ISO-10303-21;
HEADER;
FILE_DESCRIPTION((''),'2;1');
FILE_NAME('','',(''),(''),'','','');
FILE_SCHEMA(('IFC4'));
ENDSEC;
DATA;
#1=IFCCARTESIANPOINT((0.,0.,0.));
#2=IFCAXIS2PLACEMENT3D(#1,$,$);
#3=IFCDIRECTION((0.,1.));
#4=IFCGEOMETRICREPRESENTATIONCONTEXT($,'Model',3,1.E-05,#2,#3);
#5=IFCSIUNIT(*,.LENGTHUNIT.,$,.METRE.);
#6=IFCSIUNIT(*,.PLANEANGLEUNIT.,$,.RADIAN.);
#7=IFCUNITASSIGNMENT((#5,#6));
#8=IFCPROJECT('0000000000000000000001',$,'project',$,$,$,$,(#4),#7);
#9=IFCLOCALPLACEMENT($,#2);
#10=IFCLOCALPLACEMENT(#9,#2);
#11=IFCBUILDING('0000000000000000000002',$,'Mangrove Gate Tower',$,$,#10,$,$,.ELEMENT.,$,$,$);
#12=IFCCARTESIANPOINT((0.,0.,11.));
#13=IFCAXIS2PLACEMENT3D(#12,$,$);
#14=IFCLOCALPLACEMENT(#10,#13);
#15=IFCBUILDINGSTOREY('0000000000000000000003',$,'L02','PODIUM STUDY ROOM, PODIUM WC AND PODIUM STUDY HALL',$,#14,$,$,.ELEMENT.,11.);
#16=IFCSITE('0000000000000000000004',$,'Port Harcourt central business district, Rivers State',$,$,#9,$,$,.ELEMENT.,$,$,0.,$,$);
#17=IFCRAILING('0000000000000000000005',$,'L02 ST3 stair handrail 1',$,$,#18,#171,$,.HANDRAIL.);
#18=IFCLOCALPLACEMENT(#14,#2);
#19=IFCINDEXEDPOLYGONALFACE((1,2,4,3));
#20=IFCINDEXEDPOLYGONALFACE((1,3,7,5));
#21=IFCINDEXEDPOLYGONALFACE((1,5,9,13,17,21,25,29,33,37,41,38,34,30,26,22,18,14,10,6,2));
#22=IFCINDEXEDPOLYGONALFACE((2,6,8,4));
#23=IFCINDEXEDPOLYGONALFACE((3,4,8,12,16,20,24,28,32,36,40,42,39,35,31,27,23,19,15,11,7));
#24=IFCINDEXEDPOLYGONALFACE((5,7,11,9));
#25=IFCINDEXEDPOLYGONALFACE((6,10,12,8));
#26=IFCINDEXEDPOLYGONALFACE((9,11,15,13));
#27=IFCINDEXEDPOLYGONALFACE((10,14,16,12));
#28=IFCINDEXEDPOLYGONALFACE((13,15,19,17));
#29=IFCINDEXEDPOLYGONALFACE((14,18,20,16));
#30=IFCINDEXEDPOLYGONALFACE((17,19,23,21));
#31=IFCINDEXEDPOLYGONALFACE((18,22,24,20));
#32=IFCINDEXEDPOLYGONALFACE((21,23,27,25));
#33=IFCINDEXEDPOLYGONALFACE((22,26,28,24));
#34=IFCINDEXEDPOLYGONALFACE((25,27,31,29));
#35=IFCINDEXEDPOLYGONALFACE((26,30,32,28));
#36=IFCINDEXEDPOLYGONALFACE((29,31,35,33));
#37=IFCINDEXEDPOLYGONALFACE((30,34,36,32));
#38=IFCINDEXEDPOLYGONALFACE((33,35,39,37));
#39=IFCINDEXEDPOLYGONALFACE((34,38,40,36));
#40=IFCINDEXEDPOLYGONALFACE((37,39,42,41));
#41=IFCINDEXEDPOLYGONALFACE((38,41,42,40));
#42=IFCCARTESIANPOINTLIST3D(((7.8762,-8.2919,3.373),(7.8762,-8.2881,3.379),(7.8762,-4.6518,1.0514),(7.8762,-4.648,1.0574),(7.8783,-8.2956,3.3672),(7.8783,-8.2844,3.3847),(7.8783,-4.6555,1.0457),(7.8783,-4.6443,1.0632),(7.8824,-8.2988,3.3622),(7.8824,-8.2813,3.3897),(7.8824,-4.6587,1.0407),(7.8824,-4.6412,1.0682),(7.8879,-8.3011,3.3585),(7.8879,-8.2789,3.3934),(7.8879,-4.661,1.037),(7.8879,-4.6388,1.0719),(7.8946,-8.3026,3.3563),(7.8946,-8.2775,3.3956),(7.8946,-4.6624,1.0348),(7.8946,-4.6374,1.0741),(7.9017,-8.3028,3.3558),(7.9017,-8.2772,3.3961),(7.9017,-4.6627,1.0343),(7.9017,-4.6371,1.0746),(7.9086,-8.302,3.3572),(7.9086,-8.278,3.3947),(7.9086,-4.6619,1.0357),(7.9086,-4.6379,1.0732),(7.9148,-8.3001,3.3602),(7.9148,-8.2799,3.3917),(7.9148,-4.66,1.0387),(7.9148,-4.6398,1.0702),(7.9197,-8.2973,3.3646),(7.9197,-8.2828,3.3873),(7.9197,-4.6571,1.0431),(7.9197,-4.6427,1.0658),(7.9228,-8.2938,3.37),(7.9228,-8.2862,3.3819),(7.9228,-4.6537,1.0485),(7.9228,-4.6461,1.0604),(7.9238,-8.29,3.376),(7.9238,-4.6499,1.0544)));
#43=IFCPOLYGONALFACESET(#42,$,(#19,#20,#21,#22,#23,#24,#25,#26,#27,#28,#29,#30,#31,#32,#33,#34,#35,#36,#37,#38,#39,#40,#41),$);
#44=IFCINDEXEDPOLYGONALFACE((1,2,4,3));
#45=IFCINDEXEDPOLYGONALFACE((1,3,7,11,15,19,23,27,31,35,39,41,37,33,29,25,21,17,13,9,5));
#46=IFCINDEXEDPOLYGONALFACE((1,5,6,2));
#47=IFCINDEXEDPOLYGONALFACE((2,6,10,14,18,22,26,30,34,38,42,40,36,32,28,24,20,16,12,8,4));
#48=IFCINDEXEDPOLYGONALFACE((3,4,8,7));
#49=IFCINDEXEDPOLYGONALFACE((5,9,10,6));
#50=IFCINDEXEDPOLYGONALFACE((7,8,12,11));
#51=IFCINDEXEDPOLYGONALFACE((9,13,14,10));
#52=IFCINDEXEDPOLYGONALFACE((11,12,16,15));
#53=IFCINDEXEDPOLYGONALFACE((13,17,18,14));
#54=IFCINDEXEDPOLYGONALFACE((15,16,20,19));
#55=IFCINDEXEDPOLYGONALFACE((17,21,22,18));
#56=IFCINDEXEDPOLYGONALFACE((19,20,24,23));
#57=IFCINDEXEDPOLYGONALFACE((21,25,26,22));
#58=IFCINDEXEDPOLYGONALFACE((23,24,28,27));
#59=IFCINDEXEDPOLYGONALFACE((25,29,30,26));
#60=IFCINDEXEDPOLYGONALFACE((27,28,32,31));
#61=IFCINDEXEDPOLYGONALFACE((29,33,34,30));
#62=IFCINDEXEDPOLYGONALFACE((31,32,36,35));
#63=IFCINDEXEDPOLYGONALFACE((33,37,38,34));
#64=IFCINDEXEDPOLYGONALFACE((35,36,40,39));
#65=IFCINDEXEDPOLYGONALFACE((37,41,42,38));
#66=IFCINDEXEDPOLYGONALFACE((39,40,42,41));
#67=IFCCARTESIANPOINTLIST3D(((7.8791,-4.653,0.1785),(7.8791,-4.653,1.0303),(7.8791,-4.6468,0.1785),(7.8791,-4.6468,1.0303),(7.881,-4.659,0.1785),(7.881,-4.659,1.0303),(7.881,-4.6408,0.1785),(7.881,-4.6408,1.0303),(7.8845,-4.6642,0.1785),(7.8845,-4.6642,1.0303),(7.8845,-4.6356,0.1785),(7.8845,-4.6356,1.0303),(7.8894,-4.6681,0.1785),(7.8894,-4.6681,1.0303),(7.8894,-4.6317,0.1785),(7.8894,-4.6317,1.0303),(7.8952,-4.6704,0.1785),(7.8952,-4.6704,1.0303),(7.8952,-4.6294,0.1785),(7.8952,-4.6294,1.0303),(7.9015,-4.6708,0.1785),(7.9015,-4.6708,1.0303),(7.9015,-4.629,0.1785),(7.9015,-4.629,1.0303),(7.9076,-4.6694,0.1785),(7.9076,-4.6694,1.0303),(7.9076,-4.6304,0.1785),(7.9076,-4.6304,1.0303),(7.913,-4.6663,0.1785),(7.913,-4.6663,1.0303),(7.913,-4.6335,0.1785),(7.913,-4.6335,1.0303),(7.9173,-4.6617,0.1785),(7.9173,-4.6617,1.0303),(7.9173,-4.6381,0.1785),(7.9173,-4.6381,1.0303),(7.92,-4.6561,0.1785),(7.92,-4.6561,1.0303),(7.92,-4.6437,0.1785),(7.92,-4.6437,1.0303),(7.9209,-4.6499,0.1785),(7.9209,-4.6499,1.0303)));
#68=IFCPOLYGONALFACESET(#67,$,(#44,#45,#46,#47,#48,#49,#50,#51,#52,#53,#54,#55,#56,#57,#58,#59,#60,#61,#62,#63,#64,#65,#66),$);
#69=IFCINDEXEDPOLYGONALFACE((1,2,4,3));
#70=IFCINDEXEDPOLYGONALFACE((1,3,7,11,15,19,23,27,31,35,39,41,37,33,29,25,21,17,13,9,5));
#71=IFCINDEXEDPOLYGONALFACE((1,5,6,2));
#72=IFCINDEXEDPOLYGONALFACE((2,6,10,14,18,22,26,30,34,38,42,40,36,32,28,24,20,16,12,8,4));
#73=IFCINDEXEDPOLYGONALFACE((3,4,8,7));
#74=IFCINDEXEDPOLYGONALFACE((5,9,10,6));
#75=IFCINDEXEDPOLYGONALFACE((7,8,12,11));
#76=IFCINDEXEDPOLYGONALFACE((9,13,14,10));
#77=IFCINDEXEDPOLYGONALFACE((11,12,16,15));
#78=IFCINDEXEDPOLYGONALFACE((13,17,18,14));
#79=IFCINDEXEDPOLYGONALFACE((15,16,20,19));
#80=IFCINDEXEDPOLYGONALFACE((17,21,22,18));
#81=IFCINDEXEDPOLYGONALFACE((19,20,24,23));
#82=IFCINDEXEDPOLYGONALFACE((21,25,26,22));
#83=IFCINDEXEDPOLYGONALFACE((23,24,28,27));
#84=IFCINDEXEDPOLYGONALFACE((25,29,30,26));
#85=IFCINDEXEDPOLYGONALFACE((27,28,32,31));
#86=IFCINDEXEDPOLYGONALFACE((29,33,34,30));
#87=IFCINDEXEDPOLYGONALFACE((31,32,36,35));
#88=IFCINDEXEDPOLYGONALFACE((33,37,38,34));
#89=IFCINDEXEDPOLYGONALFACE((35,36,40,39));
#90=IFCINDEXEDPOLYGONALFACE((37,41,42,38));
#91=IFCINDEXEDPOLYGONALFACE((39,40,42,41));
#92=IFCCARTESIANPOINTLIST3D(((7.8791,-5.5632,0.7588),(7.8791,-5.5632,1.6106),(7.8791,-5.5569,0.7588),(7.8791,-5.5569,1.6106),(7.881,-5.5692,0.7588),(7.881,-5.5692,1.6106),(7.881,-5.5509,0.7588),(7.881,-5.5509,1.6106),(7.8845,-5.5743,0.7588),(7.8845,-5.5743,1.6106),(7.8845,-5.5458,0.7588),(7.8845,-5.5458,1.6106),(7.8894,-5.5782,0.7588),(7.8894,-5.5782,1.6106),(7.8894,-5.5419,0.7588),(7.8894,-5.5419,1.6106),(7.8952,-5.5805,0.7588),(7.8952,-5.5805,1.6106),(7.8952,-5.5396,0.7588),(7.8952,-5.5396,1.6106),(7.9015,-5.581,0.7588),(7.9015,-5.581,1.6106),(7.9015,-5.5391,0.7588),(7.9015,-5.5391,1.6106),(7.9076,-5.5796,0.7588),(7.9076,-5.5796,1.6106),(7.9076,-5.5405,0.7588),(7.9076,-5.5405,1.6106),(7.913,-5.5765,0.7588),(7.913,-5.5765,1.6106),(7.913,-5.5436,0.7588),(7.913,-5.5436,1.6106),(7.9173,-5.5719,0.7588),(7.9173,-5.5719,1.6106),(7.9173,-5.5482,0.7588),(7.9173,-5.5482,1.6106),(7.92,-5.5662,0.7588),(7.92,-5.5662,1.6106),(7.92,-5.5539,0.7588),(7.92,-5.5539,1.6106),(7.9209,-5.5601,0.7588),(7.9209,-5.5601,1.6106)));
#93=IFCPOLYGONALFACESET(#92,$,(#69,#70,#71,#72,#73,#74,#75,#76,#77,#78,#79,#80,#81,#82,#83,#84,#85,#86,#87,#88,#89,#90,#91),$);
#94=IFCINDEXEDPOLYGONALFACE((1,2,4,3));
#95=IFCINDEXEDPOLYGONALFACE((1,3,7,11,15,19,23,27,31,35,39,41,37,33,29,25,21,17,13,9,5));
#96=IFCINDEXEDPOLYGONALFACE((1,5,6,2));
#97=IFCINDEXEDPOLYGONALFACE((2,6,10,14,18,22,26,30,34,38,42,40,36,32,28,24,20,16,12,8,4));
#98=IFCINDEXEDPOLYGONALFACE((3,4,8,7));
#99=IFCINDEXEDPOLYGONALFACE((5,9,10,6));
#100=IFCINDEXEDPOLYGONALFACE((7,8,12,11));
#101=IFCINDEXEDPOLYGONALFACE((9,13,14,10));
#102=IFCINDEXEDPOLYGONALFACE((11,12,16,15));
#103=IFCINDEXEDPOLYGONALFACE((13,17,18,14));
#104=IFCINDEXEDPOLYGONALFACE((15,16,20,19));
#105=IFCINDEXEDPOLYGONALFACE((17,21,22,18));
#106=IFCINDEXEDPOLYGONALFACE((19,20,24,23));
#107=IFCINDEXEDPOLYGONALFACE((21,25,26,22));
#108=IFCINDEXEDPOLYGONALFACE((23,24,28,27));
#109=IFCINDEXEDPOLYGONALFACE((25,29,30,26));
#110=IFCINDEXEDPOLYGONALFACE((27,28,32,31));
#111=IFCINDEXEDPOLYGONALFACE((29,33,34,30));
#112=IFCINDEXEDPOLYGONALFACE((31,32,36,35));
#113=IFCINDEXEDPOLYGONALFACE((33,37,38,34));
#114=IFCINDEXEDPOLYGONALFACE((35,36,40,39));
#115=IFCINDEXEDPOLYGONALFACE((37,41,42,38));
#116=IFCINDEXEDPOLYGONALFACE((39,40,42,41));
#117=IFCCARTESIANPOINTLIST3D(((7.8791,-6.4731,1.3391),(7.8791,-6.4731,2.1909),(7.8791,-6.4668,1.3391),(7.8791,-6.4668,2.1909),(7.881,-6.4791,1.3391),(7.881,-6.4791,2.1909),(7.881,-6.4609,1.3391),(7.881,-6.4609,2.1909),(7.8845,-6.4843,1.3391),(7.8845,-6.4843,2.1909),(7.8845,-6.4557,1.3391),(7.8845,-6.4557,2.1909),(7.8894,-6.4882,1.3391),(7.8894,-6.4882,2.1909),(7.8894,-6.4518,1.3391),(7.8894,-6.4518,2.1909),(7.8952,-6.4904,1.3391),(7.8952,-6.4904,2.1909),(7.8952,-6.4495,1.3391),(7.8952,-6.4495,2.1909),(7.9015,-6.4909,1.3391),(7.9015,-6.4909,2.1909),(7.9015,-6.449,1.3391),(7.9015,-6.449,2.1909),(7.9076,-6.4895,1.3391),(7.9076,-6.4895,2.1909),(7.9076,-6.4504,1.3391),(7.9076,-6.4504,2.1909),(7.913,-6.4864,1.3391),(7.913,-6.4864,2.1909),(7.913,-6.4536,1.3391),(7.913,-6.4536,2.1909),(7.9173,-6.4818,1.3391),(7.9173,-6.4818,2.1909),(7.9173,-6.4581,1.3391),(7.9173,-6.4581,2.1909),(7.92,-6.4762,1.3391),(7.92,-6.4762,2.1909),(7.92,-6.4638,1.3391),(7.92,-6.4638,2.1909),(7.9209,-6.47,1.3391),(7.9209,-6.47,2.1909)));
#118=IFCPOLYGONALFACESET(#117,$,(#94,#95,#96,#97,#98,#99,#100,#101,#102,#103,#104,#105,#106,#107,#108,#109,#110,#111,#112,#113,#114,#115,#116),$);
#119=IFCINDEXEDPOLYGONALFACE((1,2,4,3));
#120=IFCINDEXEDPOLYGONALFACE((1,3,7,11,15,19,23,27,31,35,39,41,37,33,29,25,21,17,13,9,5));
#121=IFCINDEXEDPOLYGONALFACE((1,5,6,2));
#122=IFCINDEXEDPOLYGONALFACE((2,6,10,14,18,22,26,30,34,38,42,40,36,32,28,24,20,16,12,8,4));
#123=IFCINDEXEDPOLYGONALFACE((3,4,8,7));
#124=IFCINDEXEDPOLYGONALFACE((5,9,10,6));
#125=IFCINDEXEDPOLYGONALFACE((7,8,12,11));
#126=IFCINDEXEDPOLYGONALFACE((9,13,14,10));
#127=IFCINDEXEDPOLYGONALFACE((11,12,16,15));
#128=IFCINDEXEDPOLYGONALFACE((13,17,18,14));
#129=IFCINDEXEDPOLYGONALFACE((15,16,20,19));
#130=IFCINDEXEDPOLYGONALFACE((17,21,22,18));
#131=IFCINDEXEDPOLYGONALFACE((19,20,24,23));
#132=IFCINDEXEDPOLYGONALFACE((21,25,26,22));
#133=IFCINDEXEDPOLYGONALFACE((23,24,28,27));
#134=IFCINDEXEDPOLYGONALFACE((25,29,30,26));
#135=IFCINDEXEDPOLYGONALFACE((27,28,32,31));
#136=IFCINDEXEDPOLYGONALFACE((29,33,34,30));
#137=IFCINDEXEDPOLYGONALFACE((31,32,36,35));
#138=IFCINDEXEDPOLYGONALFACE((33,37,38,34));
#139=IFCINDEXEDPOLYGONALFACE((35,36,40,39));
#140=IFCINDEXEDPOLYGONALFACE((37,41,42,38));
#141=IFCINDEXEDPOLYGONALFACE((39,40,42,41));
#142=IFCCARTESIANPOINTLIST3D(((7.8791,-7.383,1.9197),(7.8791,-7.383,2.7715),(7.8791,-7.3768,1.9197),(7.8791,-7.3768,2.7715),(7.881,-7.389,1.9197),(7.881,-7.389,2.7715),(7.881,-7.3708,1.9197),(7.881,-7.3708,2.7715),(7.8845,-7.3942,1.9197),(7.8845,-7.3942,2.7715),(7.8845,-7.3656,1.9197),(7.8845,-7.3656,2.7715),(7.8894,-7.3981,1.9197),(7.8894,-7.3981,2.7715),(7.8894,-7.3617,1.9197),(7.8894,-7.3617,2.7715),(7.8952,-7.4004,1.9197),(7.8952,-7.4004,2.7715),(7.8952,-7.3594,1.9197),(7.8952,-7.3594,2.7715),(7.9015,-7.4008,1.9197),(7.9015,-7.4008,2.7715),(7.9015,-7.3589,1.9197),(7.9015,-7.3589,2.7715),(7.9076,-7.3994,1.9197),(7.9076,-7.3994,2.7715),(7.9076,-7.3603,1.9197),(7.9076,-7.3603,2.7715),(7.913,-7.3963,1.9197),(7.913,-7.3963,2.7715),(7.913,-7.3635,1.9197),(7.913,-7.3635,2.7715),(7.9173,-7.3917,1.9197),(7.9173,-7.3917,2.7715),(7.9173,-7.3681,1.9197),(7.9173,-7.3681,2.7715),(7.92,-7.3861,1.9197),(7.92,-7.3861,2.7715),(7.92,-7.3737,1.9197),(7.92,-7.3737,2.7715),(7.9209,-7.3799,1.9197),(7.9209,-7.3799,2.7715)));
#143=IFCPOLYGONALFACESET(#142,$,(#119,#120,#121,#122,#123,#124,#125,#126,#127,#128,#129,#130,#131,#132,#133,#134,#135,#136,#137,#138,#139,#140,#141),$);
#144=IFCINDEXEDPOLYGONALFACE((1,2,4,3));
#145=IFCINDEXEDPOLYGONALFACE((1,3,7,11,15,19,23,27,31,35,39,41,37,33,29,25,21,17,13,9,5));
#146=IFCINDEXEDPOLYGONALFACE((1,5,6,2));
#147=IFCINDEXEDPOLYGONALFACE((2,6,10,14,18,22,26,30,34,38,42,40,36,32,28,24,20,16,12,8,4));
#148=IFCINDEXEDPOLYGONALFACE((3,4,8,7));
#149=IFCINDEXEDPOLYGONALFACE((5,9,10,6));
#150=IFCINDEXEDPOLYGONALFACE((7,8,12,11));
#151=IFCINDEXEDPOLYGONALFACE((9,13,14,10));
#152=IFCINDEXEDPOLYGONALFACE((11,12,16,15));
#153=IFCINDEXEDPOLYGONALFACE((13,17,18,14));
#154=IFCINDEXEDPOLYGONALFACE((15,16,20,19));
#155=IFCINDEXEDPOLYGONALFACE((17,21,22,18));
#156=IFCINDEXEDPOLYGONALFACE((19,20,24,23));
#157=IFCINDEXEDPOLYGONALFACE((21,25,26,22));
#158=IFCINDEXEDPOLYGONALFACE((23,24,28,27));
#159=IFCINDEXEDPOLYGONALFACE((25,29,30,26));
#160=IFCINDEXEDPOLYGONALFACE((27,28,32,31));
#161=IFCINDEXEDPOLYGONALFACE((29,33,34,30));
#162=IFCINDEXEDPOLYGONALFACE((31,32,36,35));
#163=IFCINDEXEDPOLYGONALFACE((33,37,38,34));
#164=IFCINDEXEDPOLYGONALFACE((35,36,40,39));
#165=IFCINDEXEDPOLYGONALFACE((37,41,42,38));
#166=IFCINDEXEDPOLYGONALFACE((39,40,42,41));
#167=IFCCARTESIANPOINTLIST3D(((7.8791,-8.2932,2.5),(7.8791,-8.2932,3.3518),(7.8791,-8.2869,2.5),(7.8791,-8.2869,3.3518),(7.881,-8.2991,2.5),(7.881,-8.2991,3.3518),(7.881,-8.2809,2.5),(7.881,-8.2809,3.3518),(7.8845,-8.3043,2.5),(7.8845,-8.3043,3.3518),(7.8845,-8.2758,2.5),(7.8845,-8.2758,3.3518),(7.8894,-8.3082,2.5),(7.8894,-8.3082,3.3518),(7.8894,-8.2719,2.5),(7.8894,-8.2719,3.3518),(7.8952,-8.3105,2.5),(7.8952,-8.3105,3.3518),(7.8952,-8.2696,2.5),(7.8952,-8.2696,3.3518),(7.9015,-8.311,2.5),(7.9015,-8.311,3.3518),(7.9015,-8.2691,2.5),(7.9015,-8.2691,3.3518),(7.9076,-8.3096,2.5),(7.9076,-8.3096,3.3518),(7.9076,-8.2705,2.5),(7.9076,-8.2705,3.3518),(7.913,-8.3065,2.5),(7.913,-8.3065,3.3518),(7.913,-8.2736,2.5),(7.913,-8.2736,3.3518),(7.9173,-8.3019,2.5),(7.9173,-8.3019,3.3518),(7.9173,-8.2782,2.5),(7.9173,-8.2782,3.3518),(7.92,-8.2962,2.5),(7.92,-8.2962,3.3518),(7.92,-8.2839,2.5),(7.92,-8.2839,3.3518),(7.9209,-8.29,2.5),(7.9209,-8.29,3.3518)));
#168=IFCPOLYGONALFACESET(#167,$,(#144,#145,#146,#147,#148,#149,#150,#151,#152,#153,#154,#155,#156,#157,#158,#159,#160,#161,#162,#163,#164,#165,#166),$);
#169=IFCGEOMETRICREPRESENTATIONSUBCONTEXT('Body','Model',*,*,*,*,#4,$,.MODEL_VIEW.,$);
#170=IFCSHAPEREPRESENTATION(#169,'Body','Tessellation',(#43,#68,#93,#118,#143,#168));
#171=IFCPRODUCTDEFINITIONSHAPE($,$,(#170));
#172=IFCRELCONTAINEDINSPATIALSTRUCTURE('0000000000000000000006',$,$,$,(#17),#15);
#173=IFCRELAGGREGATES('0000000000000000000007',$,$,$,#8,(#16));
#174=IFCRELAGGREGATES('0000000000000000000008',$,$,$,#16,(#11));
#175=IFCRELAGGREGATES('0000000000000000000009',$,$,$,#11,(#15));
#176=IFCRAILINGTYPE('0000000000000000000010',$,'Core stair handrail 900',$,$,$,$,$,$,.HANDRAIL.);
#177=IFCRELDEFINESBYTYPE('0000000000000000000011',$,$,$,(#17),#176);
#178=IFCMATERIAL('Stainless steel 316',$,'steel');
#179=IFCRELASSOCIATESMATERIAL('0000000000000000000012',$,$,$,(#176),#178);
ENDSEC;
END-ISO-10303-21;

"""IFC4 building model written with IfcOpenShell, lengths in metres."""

from ifc_helpers import new_model, si_unit, direction, frame, origin, origin_2d, place, context, subcontext, project, spatial, circle, extrude, material, type_object, element, save


model = new_model("IFC4")

# Units and contexts
model_context = context("Model", 3, precision=1e-05, world=origin(), true_north=direction((0.0, 1.0)))
body_context = subcontext(model_context, "Body", "Model", "MODEL_VIEW")
ifc_project = project(units=[si_unit("LENGTHUNIT", "METRE"), si_unit("PLANEANGLEUNIT", "RADIAN")], contexts=[model_context])

# Site, building, storey
site_placement = place(None, origin())
site = spatial("IfcSite", under=ifc_project, at=site_placement, Name="Port Harcourt central business district, Rivers State", CompositionType="ELEMENT", RefElevation=0.0)
building_placement = place(site_placement, origin())
building = spatial("IfcBuilding", under=site, at=building_placement, Name="Mangrove Gate Tower", CompositionType="ELEMENT")
storey_placement = place(building_placement, frame((0.0, 0.0, 11.0)))
storey = spatial("IfcBuildingStorey", under=building, at=storey_placement, Name="L02", Description="PODIUM STUDY ROOM, PODIUM WC AND PODIUM STUDY HALL", CompositionType="ELEMENT", Elevation=11.0)

# Railing
ifc_material_1 = material(Name="Stainless steel 316", Category="steel")
railing_type_1 = type_object("IfcRailingType", Name="Core stair handrail 900", PredefinedType="HANDRAIL", material=ifc_material_1)
railing_1_placement = place(storey_placement, frame((7.8999, -4.6499, 0.1785)))
element("IfcRailing", 1, at=railing_1_placement, inside=storey, type_object=railing_type_1, Name="L02 ST3 stair handrail 1", PredefinedType="HANDRAIL", context=body_context, shape_type="SweptSolid", body=[
    extrude(circle(Radius=0.0239, at=origin_2d()), frame((0.0, 0.0, 0.876), z_axis=(0.0, -0.843128, 0.537713), x_axis=(1.0, 0.0, 0.0)), (0.0, 0.0, 1.0), 4.3174),
    extrude(circle(Radius=0.021, at=origin_2d()), origin(), (0.0, 0.0, 1.0), 0.8518),
    extrude(circle(Radius=0.021, at=origin_2d()), frame((0.0, -0.9102, 0.5803)), (0.0, 0.0, 1.0), 0.8518),
    extrude(circle(Radius=0.021, at=origin_2d()), frame((0.0, -1.8201, 1.1606)), (0.0, 0.0, 1.0), 0.8518),
    extrude(circle(Radius=0.021, at=origin_2d()), frame((0.0, -2.73, 1.7412)), (0.0, 0.0, 1.0), 0.8518),
    extrude(circle(Radius=0.021, at=origin_2d()), frame((0.0, -3.6401, 2.3215)), (0.0, 0.0, 1.0), 0.8518),
])

save(model, "model.ifc")
